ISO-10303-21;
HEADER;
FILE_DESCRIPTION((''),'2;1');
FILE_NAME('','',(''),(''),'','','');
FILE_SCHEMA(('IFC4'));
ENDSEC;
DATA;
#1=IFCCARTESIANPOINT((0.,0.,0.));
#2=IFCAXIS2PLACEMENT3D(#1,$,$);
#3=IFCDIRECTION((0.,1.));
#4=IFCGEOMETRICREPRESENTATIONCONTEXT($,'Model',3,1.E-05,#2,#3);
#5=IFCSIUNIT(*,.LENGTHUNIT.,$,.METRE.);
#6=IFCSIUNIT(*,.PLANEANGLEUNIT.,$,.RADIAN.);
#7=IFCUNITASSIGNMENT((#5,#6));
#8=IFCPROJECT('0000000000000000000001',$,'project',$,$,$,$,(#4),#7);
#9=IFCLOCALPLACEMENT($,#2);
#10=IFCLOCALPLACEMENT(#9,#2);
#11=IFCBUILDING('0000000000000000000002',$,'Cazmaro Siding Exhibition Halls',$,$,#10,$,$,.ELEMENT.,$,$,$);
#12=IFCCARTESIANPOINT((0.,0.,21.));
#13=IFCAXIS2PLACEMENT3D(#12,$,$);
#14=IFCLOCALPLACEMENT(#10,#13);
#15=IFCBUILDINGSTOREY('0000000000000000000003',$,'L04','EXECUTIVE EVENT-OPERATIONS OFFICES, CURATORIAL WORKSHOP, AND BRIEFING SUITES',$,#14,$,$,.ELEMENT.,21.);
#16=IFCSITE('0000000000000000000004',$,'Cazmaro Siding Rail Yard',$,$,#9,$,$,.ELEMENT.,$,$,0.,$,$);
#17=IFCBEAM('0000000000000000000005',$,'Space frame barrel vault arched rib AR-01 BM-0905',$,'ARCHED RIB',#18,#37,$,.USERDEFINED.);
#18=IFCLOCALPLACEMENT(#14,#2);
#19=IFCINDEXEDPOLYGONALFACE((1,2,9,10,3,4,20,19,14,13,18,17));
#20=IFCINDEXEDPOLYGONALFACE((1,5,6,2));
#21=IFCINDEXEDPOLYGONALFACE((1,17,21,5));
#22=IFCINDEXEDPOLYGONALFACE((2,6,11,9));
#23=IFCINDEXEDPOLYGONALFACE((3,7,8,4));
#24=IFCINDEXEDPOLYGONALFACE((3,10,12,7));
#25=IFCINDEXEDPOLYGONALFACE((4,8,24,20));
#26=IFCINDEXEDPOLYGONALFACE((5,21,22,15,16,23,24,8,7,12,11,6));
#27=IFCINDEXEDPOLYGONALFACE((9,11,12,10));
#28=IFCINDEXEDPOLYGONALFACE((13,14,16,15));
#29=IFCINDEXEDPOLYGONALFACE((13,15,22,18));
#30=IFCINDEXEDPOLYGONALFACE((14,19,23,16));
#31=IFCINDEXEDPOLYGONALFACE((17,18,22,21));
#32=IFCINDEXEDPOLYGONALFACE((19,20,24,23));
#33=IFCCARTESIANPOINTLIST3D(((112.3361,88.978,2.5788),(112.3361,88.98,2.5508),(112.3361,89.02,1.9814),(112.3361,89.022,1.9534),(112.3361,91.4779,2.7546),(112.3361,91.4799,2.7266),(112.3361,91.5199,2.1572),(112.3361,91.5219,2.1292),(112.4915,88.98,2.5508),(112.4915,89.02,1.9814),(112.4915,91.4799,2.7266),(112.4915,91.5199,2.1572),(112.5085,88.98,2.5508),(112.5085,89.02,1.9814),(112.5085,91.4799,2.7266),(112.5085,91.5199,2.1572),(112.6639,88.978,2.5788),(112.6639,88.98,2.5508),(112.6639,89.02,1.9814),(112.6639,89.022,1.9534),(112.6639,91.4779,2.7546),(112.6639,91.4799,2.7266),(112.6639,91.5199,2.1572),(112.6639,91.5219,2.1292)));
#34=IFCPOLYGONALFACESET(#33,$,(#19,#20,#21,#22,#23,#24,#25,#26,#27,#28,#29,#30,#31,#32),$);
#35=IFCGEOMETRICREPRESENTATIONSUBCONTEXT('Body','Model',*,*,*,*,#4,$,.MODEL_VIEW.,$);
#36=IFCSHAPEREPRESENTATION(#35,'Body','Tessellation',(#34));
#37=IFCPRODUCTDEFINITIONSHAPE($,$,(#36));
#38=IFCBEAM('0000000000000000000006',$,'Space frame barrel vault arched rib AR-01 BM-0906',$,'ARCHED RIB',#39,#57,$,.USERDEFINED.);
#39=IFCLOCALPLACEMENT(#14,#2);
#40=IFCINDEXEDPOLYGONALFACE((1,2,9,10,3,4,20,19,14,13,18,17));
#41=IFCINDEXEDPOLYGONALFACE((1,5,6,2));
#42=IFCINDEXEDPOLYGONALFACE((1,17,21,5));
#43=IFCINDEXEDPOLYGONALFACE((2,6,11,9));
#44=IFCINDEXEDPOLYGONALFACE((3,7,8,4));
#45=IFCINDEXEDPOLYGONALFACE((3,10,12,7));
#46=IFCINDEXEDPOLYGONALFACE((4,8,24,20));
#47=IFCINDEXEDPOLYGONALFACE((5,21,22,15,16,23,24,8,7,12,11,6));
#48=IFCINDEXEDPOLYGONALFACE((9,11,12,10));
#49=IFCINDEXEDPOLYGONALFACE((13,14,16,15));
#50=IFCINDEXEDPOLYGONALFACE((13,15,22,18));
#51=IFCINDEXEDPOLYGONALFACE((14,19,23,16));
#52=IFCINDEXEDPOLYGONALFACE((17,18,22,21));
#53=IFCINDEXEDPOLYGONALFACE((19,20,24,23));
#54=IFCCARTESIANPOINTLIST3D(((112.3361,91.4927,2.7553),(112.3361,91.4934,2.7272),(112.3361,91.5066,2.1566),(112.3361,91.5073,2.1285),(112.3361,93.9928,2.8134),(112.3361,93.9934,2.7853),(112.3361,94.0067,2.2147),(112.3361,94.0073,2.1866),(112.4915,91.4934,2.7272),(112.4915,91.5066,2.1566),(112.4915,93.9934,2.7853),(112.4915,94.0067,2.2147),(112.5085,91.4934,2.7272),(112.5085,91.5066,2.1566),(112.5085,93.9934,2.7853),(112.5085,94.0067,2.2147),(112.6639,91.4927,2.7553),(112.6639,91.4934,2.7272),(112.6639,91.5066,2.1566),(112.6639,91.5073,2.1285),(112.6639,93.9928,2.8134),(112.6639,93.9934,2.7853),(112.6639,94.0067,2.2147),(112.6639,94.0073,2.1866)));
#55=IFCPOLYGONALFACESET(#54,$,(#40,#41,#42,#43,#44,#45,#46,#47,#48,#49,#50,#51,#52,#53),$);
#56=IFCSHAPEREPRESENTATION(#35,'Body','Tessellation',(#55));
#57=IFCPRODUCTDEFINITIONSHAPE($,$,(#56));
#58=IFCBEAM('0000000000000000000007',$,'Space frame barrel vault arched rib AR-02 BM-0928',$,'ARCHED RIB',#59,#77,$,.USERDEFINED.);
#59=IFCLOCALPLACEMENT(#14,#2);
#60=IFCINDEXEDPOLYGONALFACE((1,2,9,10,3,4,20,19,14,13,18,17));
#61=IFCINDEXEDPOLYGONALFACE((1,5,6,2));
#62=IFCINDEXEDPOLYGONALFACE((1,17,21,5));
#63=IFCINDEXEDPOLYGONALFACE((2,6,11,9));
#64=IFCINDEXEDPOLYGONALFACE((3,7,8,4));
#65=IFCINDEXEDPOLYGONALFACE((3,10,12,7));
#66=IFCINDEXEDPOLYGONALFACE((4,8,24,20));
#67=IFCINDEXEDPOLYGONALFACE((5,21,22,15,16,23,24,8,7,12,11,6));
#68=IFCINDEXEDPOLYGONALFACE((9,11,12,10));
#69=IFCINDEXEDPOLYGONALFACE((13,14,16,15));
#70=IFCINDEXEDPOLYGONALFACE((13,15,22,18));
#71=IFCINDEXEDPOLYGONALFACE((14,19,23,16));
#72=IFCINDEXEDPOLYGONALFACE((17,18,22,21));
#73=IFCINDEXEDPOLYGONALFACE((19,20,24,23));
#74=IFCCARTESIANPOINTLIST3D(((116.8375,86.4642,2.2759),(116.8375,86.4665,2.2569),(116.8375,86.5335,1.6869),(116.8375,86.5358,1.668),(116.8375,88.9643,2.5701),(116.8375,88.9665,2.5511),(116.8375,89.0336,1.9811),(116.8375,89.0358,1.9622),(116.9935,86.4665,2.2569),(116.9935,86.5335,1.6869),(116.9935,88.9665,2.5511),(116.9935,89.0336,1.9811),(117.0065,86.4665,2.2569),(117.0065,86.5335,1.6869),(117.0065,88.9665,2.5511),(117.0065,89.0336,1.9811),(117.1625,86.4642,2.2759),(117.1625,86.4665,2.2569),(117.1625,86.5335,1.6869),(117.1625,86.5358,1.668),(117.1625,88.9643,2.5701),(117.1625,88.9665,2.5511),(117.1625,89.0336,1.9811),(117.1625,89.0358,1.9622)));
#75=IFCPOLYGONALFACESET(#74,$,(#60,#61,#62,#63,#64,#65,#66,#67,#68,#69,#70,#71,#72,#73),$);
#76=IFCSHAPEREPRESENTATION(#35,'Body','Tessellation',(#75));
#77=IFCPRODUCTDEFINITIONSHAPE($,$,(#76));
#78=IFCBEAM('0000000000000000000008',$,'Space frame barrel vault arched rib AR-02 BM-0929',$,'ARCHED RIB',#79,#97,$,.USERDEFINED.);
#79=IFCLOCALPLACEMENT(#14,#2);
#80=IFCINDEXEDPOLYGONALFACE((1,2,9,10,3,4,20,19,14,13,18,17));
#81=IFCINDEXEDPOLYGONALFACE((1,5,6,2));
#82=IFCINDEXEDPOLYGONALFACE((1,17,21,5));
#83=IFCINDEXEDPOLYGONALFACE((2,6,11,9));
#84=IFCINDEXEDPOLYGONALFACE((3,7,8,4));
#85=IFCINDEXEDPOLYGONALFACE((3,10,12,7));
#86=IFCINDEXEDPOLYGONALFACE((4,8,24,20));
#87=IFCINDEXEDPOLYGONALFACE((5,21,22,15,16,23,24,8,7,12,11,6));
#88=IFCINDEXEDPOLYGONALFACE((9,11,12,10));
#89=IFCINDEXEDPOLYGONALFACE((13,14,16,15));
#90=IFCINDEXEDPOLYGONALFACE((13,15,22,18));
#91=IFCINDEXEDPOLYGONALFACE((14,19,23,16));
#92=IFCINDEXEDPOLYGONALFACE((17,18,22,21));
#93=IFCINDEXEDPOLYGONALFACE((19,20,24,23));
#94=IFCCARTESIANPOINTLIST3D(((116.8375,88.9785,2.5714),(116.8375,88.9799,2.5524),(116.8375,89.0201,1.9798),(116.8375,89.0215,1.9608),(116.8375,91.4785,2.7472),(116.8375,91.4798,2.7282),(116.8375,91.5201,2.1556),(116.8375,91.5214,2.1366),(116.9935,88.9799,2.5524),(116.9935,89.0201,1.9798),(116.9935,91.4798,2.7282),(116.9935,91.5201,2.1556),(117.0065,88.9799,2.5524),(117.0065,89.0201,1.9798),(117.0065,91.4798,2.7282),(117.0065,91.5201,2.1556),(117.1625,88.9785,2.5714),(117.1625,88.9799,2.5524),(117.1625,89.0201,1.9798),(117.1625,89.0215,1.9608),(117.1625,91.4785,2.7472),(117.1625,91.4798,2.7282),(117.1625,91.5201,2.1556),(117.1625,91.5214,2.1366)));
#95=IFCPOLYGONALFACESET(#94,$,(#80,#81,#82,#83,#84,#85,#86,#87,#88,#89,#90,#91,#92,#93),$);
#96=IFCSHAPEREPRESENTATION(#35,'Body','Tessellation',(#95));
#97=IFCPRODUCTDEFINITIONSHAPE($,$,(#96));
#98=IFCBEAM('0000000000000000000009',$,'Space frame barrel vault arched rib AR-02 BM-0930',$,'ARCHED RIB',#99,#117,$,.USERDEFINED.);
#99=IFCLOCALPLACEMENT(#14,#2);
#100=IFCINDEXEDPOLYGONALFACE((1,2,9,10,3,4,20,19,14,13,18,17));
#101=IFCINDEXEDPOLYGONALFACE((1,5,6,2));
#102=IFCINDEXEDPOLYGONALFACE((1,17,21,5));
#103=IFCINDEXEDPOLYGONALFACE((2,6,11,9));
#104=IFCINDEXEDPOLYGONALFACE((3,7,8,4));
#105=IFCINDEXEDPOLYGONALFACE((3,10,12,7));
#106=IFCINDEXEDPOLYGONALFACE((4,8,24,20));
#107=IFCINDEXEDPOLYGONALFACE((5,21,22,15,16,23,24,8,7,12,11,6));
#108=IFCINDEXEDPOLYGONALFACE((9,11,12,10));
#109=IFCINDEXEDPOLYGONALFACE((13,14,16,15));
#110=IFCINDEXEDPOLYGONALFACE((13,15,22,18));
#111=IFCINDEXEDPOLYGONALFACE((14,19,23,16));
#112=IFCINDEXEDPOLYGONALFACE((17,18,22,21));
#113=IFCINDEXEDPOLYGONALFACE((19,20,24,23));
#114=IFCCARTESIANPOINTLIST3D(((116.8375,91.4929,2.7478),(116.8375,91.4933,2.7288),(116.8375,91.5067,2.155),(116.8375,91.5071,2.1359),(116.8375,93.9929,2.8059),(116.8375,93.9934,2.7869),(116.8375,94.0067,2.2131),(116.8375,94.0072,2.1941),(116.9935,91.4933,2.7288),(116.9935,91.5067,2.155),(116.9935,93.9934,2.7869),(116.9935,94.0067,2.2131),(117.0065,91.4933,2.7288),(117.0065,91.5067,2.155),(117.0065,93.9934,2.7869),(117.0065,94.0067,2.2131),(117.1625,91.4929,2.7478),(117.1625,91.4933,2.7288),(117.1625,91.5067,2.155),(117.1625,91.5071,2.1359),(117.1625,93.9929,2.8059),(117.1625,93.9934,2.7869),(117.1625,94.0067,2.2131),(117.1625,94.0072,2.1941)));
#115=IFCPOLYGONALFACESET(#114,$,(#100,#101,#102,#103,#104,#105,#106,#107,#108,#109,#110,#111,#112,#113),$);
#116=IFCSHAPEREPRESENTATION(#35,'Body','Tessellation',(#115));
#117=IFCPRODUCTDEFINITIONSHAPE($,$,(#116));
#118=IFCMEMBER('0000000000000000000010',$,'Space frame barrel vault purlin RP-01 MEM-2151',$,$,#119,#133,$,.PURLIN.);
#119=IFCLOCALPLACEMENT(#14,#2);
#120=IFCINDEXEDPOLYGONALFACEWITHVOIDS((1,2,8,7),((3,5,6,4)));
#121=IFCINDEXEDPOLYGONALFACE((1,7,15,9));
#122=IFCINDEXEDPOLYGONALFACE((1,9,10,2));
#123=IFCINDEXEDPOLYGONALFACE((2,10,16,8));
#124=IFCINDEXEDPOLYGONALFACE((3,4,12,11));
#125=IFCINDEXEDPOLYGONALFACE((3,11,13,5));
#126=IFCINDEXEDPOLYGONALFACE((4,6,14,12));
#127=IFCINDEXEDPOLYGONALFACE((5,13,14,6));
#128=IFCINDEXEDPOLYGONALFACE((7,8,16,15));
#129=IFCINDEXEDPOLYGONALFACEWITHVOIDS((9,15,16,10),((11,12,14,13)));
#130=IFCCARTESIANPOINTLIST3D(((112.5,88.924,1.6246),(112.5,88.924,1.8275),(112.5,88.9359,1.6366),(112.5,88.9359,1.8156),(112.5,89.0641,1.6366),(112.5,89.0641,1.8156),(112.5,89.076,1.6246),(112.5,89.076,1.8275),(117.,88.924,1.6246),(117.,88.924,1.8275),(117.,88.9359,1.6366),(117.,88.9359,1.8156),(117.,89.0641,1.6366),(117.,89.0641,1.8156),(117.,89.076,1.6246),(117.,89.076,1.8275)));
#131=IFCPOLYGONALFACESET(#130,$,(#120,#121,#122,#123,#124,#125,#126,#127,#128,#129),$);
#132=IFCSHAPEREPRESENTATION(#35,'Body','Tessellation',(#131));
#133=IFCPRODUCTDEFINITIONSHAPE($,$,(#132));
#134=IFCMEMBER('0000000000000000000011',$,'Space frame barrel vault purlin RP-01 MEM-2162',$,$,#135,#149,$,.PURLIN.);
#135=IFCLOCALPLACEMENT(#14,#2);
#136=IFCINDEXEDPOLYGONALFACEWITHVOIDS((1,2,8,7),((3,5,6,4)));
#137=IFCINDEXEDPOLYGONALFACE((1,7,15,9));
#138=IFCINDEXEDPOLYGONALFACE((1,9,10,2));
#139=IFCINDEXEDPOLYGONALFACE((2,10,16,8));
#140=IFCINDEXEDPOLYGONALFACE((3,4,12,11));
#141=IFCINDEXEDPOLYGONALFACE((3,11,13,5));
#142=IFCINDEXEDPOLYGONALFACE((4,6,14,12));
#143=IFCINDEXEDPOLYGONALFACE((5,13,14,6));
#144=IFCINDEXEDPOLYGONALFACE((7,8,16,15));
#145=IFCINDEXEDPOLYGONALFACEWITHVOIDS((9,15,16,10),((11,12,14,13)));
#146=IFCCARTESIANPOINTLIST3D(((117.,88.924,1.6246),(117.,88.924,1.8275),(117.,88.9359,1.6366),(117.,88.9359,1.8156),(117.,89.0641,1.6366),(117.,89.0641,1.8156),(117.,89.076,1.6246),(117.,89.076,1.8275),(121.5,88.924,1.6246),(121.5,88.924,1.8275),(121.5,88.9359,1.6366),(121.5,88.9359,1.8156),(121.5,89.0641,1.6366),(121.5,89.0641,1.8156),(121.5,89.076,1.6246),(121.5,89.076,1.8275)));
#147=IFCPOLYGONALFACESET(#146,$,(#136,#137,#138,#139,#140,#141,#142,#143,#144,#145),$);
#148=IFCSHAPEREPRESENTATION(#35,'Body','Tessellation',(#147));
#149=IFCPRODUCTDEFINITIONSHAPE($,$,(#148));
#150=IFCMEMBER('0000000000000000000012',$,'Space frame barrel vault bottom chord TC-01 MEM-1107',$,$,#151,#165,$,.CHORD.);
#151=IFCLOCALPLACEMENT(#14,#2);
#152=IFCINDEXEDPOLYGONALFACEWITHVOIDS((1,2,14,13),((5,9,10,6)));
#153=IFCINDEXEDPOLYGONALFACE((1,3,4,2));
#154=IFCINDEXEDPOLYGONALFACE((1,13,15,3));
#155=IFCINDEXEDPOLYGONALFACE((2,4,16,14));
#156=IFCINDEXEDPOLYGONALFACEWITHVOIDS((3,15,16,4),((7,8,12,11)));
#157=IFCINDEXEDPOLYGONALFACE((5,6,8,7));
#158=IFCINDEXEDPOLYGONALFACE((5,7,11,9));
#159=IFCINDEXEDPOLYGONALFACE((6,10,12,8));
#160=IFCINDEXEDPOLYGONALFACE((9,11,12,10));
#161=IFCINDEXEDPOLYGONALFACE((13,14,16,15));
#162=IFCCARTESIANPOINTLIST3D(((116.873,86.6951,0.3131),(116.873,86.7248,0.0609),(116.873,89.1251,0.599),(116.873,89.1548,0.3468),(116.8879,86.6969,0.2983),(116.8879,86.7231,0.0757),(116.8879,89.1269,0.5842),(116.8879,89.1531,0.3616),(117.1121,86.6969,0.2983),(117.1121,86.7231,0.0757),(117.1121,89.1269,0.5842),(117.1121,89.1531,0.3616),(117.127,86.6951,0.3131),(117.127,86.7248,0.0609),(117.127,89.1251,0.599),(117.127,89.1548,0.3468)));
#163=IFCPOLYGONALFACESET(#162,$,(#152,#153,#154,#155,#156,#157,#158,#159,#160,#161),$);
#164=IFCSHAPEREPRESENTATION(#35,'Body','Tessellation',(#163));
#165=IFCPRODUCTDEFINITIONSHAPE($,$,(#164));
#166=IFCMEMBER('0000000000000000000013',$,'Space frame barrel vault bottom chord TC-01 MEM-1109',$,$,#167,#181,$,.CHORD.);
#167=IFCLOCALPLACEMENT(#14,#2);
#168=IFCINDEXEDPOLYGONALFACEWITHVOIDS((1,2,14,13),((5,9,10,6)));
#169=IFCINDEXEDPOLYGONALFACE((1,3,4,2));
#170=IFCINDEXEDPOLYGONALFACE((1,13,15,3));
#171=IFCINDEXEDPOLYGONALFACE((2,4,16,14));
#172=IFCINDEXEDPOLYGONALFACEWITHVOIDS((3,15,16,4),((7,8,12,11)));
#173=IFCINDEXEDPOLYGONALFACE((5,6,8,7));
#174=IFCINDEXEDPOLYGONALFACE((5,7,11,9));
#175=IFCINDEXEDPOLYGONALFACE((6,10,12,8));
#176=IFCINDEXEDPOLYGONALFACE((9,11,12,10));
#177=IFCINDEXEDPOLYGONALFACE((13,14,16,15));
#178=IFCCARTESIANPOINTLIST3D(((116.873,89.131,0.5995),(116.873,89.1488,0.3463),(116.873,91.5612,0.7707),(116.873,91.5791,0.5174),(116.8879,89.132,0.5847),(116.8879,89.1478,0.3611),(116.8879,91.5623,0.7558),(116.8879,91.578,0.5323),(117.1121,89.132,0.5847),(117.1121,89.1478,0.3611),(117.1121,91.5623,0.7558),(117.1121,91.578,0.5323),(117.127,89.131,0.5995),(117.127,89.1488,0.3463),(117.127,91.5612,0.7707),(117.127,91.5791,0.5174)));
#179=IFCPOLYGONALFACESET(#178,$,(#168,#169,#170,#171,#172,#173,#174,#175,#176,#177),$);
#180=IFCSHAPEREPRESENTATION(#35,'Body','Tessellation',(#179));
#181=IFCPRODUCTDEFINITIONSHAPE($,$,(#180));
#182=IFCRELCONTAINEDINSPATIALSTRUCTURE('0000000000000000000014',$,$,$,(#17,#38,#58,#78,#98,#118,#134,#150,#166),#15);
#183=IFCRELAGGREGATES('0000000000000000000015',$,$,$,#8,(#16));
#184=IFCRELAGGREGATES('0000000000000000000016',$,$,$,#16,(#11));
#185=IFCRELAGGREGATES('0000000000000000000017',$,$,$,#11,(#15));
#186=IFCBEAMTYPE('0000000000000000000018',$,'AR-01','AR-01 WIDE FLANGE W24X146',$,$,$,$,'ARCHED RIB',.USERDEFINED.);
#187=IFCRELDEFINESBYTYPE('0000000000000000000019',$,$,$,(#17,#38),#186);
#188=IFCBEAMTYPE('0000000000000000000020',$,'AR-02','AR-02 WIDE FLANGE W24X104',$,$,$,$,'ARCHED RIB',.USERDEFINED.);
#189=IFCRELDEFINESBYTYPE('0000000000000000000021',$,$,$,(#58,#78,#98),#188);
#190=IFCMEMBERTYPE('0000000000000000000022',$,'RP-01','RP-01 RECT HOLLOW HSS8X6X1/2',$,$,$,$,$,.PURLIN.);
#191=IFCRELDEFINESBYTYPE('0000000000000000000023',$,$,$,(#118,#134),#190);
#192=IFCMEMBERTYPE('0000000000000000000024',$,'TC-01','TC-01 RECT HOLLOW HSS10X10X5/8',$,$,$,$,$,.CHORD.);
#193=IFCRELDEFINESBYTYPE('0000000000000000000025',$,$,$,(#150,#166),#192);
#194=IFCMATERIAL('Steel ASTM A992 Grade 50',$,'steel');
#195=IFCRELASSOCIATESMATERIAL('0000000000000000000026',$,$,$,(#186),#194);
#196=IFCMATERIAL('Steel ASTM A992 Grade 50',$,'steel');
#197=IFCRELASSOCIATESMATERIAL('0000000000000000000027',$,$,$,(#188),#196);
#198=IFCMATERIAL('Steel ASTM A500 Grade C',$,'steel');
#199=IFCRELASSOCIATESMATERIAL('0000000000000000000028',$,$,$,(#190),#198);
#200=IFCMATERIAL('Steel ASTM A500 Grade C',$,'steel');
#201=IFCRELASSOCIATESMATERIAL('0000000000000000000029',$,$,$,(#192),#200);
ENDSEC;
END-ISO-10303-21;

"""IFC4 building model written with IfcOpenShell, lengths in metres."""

from ifc_helpers import new_model, si_unit, direction, frame, origin, origin_2d, place, context, subcontext, project, spatial, hollow_rectangle, i_section, extrude, material, material_profile, profile_set, type_object, element, save


model = new_model("IFC4")

# Units and contexts
model_context = context("Model", 3, precision=1e-05, world=origin(), true_north=direction((0.0, 1.0)))
body_context = subcontext(model_context, "Body", "Model", "MODEL_VIEW")
ifc_project = project(units=[si_unit("LENGTHUNIT", "METRE"), si_unit("PLANEANGLEUNIT", "RADIAN")], contexts=[model_context])

# Site, building, storey
site_placement = place(None, origin())
site = spatial("IfcSite", under=ifc_project, at=site_placement, Name="Cazmaro Siding Rail Yard", CompositionType="ELEMENT", RefElevation=0.0)
building_placement = place(site_placement, origin())
building = spatial("IfcBuilding", under=site, at=building_placement, Name="Cazmaro Siding Exhibition Halls", CompositionType="ELEMENT")
storey_placement = place(building_placement, frame((0.0, 0.0, 21.0)))
storey = spatial("IfcBuildingStorey", under=building, at=storey_placement, Name="L04", Description="EXECUTIVE EVENT-OPERATIONS OFFICES, CURATORIAL WORKSHOP, AND BRIEFING SUITES", CompositionType="ELEMENT", Elevation=21.0)

# Beams
ifc_material_1 = material(Name="Steel ASTM A992 Grade 50", Category="steel")
ifc_material_profile_1 = material_profile(ifc_material_1, i_section(OverallWidth=0.3279, OverallDepth=0.627, WebThickness=0.0171, FlangeThickness=0.0281, at=origin_2d()), Name="W24X146")
ifc_profile_set_1 = profile_set([ifc_material_profile_1], Name="Steel ASTM A992 Grade 50")
beam_type_1 = type_object("IfcBeamType", Name="AR-01", Description="AR-01 WIDE FLANGE W24X146", ElementType="ARCHED RIB", PredefinedType="USERDEFINED", material=ifc_profile_set_1)
beam_1_placement = place(storey_placement, frame((112.5, 89.0, 2.2661), z_axis=(0.0, 0.997537, 0.070139), x_axis=(-1.0, 0.0, 0.0)))
element("IfcBeam", 1, at=beam_1_placement, inside=storey, type_object=beam_type_1, Name="Space frame barrel vault arched rib AR-01 BM-0905", ObjectType="ARCHED RIB", PredefinedType="USERDEFINED", context=body_context, shape_type="SweptSolid", body=[
    extrude(i_section(OverallWidth=0.3279, OverallDepth=0.627, WebThickness=0.0171, FlangeThickness=0.0281, at=origin_2d()), origin(), (0.0, 0.0, 1.0), 2.5061),
])
beam_2_placement = place(storey_placement, frame((112.5, 91.5, 2.4419), z_axis=(0.0, 0.99973, 0.023236), x_axis=(-1.0, 0.0, 0.0)))
element("IfcBeam", 2, at=beam_2_placement, inside=storey, type_object=beam_type_1, Name="Space frame barrel vault arched rib AR-01 BM-0906", ObjectType="ARCHED RIB", PredefinedType="USERDEFINED", context=body_context, shape_type="SweptSolid", body=[
    extrude(i_section(OverallWidth=0.3279, OverallDepth=0.627, WebThickness=0.0171, FlangeThickness=0.0281, at=origin_2d()), origin(), (0.0, 0.0, 1.0), 2.5007),
])
ifc_material_2 = material(Name="Steel ASTM A992 Grade 50", Category="steel")
ifc_material_profile_2 = material_profile(ifc_material_2, i_section(OverallWidth=0.325, OverallDepth=0.6121, WebThickness=0.0129, FlangeThickness=0.019, at=origin_2d()), Name="W24X104")
ifc_profile_set_2 = profile_set([ifc_material_profile_2], Name="Steel ASTM A992 Grade 50")
beam_type_2 = type_object("IfcBeamType", Name="AR-02", Description="AR-02 WIDE FLANGE W24X104", ElementType="ARCHED RIB", PredefinedType="USERDEFINED", material=ifc_profile_set_2)
beam_3_placement = place(storey_placement, frame((117.0, 86.5, 1.9719), z_axis=(0.0, 0.993147, 0.116869), x_axis=(-1.0, 0.0, 0.0)))
element("IfcBeam", 3, at=beam_3_placement, inside=storey, type_object=beam_type_2, Name="Space frame barrel vault arched rib AR-02 BM-0928", ObjectType="ARCHED RIB", PredefinedType="USERDEFINED", context=body_context, shape_type="SweptSolid", body=[
    extrude(i_section(OverallWidth=0.325, OverallDepth=0.6121, WebThickness=0.0129, FlangeThickness=0.019, at=origin_2d()), origin(), (0.0, 0.0, 1.0), 2.5173),
])
beam_4_placement = place(storey_placement, frame((117.0, 89.0, 2.2661), z_axis=(0.0, 0.997537, 0.070139), x_axis=(-1.0, 0.0, 0.0)))
element("IfcBeam", 4, at=beam_4_placement, inside=storey, type_object=beam_type_2, Name="Space frame barrel vault arched rib AR-02 BM-0929", ObjectType="ARCHED RIB", PredefinedType="USERDEFINED", context=body_context, shape_type="SweptSolid", body=[
    extrude(i_section(OverallWidth=0.325, OverallDepth=0.6121, WebThickness=0.0129, FlangeThickness=0.019, at=origin_2d()), origin(), (0.0, 0.0, 1.0), 2.5061),
])
beam_5_placement = place(storey_placement, frame((117.0, 91.5, 2.4419), z_axis=(0.0, 0.99973, 0.023236), x_axis=(-1.0, 0.0, 0.0)))
element("IfcBeam", 5, at=beam_5_placement, inside=storey, type_object=beam_type_2, Name="Space frame barrel vault arched rib AR-02 BM-0930", ObjectType="ARCHED RIB", PredefinedType="USERDEFINED", context=body_context, shape_type="SweptSolid", body=[
    extrude(i_section(OverallWidth=0.325, OverallDepth=0.6121, WebThickness=0.0129, FlangeThickness=0.019, at=origin_2d()), origin(), (0.0, 0.0, 1.0), 2.5007),
])

# Members
ifc_material_3 = material(Name="Steel ASTM A500 Grade C", Category="steel")
ifc_material_profile_3 = material_profile(ifc_material_3, hollow_rectangle(XDim=0.1521, YDim=0.2029, WallThickness=0.012, at=origin_2d()), Name="HSS8X6X1/2")
ifc_profile_set_3 = profile_set([ifc_material_profile_3], Name="Steel ASTM A500 Grade C")
member_type_1 = type_object("IfcMemberType", Name="RP-01", Description="RP-01 RECT HOLLOW HSS8X6X1/2", PredefinedType="PURLIN", material=ifc_profile_set_3)
for number, where, z_axis, x_axis, name in (
    (6, (112.5, 89.0, 1.7261), (1.0, 0.0, 0.0), (0.0, 1.0, 0.0), "Space frame barrel vault purlin RP-01 MEM-2151"),
    (7, (117.0, 89.0, 1.7261), (1.0, 0.0, 0.0), (0.0, 1.0, 0.0), "Space frame barrel vault purlin RP-01 MEM-2162"),
):
    element("IfcMember", number, at=place(storey_placement, frame(where, z_axis=z_axis, x_axis=x_axis)), inside=storey, type_object=member_type_1, Name=name, PredefinedType="PURLIN", context=body_context, shape_type="SweptSolid", body=[
        extrude(hollow_rectangle(XDim=0.1521, YDim=0.2029, WallThickness=0.012, at=origin_2d()), origin(), (0.0, 0.0, 1.0), 4.5),
    ])
ifc_material_4 = material(Name="Steel ASTM A500 Grade C", Category="steel")
ifc_material_profile_4 = material_profile(ifc_material_4, hollow_rectangle(XDim=0.2539, YDim=0.2539, WallThickness=0.0149, at=origin_2d()), Name="HSS10X10X5/8")
ifc_profile_set_4 = profile_set([ifc_material_profile_4], Name="Steel ASTM A500 Grade C")
member_type_2 = type_object("IfcMemberType", Name="TC-01", Description="TC-01 RECT HOLLOW HSS10X10X5/8", PredefinedType="CHORD", material=ifc_profile_set_4)
member_1_placement = place(storey_placement, frame((117.0, 86.71, 0.187), z_axis=(0.0, 0.99315, 0.116847), x_axis=(-1.0, 0.0, 0.0)))
element("IfcMember", 8, at=member_1_placement, inside=storey, type_object=member_type_2, Name="Space frame barrel vault bottom chord TC-01 MEM-1107", PredefinedType="CHORD", context=body_context, shape_type="SweptSolid", body=[
    extrude(hollow_rectangle(XDim=0.2539, YDim=0.2539, WallThickness=0.0149, at=origin_2d()), origin(), (0.0, 0.0, 1.0), 2.4468),
])
member_2_placement = place(storey_placement, frame((117.0, 89.1399, 0.4729), z_axis=(0.0, 0.997529, 0.07025), x_axis=(-1.0, 0.0, 0.0)))
element("IfcMember", 9, at=member_2_placement, inside=storey, type_object=member_type_2, Name="Space frame barrel vault bottom chord TC-01 MEM-1109", PredefinedType="CHORD", context=body_context, shape_type="SweptSolid", body=[
    extrude(hollow_rectangle(XDim=0.2539, YDim=0.2539, WallThickness=0.0149, at=origin_2d()), origin(), (0.0, 0.0, 1.0), 2.4363),
])

save(model, "model.ifc")
